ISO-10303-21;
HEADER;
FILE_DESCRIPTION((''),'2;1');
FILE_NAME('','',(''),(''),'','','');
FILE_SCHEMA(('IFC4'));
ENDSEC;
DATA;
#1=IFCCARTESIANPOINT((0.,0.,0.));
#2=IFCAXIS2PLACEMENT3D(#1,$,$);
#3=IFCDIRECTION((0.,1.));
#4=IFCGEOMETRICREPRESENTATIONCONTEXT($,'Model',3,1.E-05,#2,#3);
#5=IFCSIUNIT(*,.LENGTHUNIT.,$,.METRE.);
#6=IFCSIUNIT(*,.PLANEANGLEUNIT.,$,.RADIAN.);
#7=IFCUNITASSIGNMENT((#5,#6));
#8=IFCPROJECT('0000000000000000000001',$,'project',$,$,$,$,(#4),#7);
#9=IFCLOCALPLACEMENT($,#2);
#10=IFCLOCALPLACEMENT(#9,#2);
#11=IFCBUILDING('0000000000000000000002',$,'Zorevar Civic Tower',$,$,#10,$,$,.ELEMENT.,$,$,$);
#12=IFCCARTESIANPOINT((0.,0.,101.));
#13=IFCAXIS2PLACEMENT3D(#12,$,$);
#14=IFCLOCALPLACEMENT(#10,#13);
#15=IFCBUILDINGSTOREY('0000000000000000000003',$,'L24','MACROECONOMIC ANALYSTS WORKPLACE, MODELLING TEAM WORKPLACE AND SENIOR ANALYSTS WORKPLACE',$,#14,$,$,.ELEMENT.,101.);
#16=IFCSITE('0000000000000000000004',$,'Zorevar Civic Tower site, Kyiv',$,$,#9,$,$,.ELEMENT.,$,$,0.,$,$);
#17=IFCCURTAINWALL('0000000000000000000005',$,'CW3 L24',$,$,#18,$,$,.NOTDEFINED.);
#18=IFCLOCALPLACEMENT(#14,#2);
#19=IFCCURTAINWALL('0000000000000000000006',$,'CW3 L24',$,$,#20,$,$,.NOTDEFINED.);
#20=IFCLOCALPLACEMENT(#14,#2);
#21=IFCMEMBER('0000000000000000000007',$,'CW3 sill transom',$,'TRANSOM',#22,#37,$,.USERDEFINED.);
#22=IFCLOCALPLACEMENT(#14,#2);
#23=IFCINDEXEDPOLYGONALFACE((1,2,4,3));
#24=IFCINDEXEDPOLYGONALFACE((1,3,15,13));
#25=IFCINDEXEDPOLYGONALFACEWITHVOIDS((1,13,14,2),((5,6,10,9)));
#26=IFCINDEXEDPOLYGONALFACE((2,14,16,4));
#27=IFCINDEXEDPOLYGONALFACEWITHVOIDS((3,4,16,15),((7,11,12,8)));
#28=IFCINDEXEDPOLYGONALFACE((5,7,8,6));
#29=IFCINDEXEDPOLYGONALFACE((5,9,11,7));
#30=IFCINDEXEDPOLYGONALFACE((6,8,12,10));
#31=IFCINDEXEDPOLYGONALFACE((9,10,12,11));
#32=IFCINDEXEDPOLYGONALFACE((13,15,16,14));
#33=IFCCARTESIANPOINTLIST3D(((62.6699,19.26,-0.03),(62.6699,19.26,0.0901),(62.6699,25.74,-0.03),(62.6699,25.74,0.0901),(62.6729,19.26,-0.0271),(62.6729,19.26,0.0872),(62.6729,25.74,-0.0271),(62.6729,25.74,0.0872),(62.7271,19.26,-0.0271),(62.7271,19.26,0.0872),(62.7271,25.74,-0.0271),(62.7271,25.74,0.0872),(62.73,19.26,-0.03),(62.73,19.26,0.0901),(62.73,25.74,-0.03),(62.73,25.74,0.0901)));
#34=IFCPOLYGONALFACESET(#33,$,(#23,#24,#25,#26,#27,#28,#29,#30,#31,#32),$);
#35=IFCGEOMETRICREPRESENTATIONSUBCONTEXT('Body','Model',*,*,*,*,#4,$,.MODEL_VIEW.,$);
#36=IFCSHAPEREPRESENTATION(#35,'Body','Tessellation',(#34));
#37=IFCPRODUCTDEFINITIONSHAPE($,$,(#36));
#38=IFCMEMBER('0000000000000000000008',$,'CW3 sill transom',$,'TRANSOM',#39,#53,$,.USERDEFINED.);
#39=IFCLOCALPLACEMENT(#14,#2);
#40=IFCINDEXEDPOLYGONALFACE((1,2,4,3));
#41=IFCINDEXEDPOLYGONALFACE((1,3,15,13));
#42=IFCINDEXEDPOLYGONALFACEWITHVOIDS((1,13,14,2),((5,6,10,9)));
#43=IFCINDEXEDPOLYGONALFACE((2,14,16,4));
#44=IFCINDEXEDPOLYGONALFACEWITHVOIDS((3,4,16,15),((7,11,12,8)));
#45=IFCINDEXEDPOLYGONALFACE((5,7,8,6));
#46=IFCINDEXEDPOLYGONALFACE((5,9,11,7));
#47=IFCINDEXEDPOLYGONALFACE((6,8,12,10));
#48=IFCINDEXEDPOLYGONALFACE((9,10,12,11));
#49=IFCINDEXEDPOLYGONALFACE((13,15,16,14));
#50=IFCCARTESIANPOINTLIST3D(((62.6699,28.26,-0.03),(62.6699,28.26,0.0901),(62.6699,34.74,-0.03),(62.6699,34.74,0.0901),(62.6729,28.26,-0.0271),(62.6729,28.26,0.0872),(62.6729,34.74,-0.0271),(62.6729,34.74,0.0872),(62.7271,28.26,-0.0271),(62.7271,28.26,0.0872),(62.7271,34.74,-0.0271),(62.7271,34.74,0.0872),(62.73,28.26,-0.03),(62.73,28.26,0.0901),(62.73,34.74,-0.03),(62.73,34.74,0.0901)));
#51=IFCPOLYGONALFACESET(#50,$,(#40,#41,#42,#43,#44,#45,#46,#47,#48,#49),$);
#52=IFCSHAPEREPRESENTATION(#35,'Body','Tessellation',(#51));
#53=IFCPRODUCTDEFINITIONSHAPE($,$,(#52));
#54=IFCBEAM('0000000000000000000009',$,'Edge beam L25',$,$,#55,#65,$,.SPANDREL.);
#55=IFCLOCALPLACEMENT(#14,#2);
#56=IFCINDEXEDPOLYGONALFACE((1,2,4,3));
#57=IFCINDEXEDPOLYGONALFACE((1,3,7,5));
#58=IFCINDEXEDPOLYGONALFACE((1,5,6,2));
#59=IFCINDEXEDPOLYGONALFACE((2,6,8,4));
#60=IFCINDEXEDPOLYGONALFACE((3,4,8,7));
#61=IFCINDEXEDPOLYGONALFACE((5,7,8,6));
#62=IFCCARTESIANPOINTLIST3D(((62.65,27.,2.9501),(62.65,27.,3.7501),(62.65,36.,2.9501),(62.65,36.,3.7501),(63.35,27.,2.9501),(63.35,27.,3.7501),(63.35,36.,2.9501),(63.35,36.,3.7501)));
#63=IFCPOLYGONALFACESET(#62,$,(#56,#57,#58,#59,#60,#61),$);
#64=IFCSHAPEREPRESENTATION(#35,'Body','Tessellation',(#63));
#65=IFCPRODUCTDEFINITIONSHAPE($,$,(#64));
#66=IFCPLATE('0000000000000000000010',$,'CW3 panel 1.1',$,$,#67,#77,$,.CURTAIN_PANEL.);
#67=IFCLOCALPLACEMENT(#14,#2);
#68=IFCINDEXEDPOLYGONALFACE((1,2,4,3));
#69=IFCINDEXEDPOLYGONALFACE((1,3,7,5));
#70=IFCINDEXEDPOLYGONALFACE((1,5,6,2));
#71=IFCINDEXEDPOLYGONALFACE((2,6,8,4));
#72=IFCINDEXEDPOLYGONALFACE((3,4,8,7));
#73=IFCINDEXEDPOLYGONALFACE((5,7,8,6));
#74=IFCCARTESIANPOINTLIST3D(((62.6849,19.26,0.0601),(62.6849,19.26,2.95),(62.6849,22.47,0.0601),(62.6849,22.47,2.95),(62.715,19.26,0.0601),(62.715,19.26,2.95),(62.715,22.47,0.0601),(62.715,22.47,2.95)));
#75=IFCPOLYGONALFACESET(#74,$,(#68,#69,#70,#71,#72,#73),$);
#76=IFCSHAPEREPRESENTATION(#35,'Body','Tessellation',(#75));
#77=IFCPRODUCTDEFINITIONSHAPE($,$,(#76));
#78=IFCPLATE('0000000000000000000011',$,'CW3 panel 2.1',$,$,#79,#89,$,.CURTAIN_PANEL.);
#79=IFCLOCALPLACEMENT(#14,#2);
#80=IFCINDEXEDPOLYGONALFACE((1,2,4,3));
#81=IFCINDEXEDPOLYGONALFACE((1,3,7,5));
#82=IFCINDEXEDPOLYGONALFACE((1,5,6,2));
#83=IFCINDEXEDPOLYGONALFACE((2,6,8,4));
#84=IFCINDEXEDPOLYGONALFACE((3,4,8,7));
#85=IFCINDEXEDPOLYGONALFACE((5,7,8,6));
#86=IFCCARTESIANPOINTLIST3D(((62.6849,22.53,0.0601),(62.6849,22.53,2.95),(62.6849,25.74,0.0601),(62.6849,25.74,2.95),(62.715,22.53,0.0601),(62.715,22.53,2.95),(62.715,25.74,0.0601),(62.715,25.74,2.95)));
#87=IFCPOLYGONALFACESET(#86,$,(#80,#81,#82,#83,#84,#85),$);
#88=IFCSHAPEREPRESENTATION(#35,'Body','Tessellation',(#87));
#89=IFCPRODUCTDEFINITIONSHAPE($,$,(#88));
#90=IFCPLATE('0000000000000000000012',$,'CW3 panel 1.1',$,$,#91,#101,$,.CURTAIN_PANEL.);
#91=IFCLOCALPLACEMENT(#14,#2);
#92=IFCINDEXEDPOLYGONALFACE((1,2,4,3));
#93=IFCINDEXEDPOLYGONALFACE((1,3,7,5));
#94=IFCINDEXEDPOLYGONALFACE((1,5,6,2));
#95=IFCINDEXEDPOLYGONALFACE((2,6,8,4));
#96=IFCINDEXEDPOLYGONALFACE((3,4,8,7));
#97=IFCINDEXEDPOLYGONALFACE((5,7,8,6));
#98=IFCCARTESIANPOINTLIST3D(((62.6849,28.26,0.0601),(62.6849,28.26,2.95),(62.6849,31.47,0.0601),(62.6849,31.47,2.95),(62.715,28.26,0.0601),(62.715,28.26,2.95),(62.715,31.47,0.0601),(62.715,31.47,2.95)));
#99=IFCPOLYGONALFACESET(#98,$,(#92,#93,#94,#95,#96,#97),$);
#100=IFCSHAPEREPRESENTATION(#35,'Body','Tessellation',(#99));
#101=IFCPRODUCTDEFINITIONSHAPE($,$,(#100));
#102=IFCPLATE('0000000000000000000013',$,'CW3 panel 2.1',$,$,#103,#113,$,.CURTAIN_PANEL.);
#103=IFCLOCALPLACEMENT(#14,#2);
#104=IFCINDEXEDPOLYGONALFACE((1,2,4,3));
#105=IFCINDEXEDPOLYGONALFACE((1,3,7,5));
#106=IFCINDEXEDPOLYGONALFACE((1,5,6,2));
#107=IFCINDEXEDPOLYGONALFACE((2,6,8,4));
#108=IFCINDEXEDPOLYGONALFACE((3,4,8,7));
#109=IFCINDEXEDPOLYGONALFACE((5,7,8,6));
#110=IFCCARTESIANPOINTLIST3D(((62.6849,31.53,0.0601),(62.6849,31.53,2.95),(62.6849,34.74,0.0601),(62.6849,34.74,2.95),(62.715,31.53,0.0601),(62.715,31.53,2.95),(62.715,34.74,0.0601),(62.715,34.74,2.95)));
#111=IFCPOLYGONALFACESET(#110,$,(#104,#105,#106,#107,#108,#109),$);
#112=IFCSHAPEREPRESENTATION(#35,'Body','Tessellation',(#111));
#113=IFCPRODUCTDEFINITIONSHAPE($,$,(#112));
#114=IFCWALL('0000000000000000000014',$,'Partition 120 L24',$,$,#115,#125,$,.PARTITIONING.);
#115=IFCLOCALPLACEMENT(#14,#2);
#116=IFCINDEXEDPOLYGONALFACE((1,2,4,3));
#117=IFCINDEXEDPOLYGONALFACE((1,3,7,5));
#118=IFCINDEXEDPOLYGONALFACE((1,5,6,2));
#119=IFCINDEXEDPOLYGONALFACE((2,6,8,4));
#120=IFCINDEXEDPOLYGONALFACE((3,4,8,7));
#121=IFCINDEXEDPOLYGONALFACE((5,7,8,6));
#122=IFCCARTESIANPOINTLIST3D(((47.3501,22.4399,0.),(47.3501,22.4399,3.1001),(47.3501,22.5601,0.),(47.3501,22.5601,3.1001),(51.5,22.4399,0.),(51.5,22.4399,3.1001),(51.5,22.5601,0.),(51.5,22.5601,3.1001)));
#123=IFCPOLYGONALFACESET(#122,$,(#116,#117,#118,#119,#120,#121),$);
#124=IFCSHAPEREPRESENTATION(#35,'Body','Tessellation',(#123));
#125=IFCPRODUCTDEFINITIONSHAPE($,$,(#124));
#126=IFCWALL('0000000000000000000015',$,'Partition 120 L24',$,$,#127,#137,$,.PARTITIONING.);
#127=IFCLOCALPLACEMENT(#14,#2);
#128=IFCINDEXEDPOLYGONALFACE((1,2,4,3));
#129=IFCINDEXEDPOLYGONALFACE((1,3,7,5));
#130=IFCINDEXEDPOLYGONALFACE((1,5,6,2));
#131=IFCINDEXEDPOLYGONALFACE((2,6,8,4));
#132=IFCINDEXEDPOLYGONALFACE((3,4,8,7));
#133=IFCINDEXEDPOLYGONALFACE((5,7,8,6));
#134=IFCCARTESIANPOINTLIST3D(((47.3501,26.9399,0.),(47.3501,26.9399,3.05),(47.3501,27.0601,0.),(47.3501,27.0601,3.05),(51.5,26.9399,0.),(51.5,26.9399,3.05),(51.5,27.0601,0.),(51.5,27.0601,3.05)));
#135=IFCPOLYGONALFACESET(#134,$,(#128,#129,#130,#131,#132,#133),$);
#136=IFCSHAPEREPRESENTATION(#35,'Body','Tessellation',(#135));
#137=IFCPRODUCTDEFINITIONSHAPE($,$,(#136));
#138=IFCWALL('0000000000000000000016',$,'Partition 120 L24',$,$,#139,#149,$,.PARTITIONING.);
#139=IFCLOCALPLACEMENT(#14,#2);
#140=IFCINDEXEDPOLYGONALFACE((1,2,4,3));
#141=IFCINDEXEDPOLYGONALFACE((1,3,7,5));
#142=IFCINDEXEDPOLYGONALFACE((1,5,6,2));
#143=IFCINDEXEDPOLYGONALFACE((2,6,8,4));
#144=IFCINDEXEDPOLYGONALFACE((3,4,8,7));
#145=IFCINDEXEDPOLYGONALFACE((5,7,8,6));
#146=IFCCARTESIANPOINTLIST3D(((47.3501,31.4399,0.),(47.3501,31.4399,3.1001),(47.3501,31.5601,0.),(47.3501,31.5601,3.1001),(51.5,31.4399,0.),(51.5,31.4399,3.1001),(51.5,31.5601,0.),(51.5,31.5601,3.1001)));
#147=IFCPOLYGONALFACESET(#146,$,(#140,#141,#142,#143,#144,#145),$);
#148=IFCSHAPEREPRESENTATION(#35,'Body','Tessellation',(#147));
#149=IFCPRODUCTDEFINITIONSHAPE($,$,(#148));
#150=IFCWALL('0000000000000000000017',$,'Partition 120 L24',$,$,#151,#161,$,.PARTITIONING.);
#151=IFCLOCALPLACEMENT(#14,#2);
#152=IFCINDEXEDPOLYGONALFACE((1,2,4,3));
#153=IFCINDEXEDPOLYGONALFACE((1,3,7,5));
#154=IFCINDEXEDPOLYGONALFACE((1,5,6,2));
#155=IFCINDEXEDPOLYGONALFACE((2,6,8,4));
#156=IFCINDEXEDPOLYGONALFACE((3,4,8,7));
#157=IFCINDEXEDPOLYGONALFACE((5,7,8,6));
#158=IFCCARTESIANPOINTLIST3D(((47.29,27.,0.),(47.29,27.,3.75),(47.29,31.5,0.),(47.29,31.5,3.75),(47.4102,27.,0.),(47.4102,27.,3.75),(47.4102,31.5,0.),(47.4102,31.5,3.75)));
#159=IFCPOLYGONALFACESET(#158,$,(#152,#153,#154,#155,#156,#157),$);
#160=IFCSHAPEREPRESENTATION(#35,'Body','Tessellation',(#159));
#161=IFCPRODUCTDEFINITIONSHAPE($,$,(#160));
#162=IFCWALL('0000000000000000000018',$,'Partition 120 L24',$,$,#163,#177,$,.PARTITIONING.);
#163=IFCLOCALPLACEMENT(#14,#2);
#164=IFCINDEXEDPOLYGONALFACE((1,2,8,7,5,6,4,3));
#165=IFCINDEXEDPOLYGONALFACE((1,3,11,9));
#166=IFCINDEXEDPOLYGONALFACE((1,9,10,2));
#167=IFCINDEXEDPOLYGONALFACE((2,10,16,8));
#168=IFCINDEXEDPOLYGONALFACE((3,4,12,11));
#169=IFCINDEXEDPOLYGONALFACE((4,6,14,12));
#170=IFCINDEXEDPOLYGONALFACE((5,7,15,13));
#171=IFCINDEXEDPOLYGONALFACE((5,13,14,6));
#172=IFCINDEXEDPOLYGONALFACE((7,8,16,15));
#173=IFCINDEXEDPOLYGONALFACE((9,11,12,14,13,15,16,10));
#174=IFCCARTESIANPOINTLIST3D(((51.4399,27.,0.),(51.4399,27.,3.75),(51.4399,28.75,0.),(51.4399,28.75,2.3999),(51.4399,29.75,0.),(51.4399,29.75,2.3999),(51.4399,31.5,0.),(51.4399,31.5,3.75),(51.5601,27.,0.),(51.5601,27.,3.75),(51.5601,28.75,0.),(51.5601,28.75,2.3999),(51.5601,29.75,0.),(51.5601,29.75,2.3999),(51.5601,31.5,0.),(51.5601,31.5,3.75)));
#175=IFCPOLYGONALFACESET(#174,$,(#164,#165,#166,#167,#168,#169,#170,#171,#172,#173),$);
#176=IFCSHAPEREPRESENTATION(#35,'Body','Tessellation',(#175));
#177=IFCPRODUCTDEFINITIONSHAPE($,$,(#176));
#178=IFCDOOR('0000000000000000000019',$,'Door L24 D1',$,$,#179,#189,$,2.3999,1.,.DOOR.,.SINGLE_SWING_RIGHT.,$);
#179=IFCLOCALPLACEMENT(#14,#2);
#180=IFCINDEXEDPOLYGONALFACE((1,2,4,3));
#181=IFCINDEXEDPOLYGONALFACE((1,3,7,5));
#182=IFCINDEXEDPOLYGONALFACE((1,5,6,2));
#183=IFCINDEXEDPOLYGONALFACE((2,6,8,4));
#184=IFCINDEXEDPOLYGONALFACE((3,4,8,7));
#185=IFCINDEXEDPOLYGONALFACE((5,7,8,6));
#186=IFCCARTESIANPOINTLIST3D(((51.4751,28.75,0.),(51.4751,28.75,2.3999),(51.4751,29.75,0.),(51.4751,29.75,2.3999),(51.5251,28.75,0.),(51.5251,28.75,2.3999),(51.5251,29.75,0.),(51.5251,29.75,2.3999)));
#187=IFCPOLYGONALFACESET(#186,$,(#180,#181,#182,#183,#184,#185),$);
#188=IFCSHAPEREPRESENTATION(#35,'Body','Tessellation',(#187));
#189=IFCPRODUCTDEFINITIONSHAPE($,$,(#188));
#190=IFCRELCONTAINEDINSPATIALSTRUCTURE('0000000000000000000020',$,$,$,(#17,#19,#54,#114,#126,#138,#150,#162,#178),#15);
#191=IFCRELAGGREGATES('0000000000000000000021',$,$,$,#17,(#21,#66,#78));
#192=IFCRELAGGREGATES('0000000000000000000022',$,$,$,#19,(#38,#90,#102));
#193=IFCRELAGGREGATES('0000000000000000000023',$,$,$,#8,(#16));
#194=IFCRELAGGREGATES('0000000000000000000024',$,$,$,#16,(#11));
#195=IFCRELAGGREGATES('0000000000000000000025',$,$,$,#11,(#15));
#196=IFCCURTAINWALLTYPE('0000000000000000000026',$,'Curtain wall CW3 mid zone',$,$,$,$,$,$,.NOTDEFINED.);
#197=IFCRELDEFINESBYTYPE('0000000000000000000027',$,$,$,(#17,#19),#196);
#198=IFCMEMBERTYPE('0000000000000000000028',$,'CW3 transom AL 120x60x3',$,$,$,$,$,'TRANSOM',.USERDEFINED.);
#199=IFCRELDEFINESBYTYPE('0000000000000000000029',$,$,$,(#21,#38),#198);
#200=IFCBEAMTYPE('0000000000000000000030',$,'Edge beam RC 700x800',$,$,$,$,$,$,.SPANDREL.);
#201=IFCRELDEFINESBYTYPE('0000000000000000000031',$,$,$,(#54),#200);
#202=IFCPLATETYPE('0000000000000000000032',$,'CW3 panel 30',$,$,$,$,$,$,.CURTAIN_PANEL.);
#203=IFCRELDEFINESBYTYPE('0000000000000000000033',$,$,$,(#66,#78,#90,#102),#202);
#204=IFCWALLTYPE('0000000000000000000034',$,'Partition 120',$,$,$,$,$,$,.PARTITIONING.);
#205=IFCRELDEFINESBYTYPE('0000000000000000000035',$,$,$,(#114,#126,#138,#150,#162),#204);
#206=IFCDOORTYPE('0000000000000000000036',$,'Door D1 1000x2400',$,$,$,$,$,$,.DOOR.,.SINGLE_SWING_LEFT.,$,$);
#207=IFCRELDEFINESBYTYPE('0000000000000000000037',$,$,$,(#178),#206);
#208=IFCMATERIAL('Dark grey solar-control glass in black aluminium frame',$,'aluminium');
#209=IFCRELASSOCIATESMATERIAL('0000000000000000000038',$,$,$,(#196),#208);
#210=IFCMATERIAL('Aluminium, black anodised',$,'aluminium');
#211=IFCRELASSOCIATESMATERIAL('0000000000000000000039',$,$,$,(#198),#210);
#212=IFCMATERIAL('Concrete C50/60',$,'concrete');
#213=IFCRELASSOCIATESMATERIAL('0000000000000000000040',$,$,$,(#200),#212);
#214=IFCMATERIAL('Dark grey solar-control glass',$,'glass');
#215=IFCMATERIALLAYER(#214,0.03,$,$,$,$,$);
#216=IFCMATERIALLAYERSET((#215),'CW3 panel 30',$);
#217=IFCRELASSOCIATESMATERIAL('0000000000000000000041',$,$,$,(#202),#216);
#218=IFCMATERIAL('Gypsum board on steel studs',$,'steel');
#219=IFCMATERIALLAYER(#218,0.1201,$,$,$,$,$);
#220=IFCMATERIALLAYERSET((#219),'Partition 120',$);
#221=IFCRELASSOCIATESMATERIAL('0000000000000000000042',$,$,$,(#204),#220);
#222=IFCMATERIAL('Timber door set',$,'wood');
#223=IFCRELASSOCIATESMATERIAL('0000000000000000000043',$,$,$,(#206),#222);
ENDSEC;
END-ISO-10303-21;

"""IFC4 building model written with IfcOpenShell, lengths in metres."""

from ifc_helpers import new_model, si_unit, direction, frame, frame_2d, origin, origin_2d, place, context, subcontext, project, spatial, rectangle, hollow_rectangle, extrude, material, layer, layer_set, material_profile, profile_set, type_object, element, fill, aggregate, save


model = new_model("IFC4")

# Units and contexts
model_context = context("Model", 3, precision=1e-05, world=origin(), true_north=direction((0.0, 1.0)))
body_context = subcontext(model_context, "Body", "Model", "MODEL_VIEW")
ifc_project = project(units=[si_unit("LENGTHUNIT", "METRE"), si_unit("PLANEANGLEUNIT", "RADIAN")], contexts=[model_context])

# Site, building, storey
site_placement = place(None, origin())
site = spatial("IfcSite", under=ifc_project, at=site_placement, Name="Zorevar Civic Tower site, Kyiv", CompositionType="ELEMENT", RefElevation=0.0)
building_placement = place(site_placement, origin())
building = spatial("IfcBuilding", under=site, at=building_placement, Name="Zorevar Civic Tower", CompositionType="ELEMENT")
storey_placement = place(building_placement, frame((0.0, 0.0, 101.0)))
storey = spatial("IfcBuildingStorey", under=building, at=storey_placement, Name="L24", Description="MACROECONOMIC ANALYSTS WORKPLACE, MODELLING TEAM WORKPLACE AND SENIOR ANALYSTS WORKPLACE", CompositionType="ELEMENT", Elevation=101.0)

# Curtain walls
ifc_material_1 = material(Name="Dark grey solar-control glass in black aluminium frame", Category="aluminium")
curtain_wall_type = type_object("IfcCurtainWallType", Name="Curtain wall CW3 mid zone", PredefinedType="NOTDEFINED", material=ifc_material_1)
curtain_wall_1_placement = place(storey_placement, origin())
curtain_wall_1 = element("IfcCurtainWall", 1, at=curtain_wall_1_placement, inside=storey, type_object=curtain_wall_type, Name="CW3 L24", PredefinedType="NOTDEFINED")
curtain_wall_2_placement = place(storey_placement, origin())
curtain_wall_2 = element("IfcCurtainWall", 2, at=curtain_wall_2_placement, inside=storey, type_object=curtain_wall_type, Name="CW3 L24", PredefinedType="NOTDEFINED")

# Members
ifc_material_2 = material(Name="Aluminium, black anodised", Category="aluminium")
ifc_material_profile_1 = material_profile(ifc_material_2, hollow_rectangle(XDim=0.0601, YDim=0.1201, WallThickness=0.0029, at=origin_2d()), Name="AL 120x60x3")
ifc_profile_set_1 = profile_set([ifc_material_profile_1], Name="Aluminium, black anodised")
member_type_1 = type_object("IfcMemberType", Name="CW3 transom AL 120x60x3", ElementType="TRANSOM", PredefinedType="USERDEFINED", material=ifc_profile_set_1)
member_1_placement = place(storey_placement, frame((62.7, 19.26, 0.03), z_axis=(0.0, 1.0, 0.0), x_axis=(-1.0, 0.0, 0.0)))
member_1 = element("IfcMember", 3, at=member_1_placement, type_object=member_type_1, Name="CW3 sill transom", ObjectType="TRANSOM", PredefinedType="USERDEFINED", context=body_context, shape_type="SweptSolid", body=[
    extrude(hollow_rectangle(XDim=0.0601, YDim=0.1201, WallThickness=0.0029, at=origin_2d()), origin(), (0.0, 0.0, 1.0), 6.48),
])
member_2_placement = place(storey_placement, frame((62.7, 28.26, 0.03), z_axis=(0.0, 1.0, 0.0), x_axis=(-1.0, 0.0, 0.0)))
member_2 = element("IfcMember", 4, at=member_2_placement, type_object=member_type_1, Name="CW3 sill transom", ObjectType="TRANSOM", PredefinedType="USERDEFINED", context=body_context, shape_type="SweptSolid", body=[
    extrude(hollow_rectangle(XDim=0.0601, YDim=0.1201, WallThickness=0.0029, at=origin_2d()), origin(), (0.0, 0.0, 1.0), 6.48),
])

# Beam
ifc_material_3 = material(Name="Concrete C50/60", Category="concrete")
ifc_material_profile_2 = material_profile(ifc_material_3, rectangle(XDim=0.7, YDim=0.8, at=origin_2d()), Name="RC 700x800")
ifc_profile_set_2 = profile_set([ifc_material_profile_2], Name="Concrete C50/60")
beam_type_1 = type_object("IfcBeamType", Name="Edge beam RC 700x800", PredefinedType="SPANDREL", material=ifc_profile_set_2)
beam_1_placement = place(storey_placement, frame((63.0, 27.0, 3.3501), z_axis=(0.0, 1.0, 0.0), x_axis=(-1.0, 0.0, 0.0)))
element("IfcBeam", 5, at=beam_1_placement, inside=storey, type_object=beam_type_1, Name="Edge beam L25", PredefinedType="SPANDREL", context=body_context, shape_type="SweptSolid", body=[
    extrude(rectangle(XDim=0.7, YDim=0.8, at=origin_2d()), origin(), (0.0, 0.0, 1.0), 9.0),
])

# Plates
ifc_material_4 = material(Name="Dark grey solar-control glass", Category="glass")
ifc_layer_1 = layer(ifc_material_4, 0.03)
ifc_layer_set_1 = layer_set([ifc_layer_1], Name="CW3 panel 30")
plate_type = type_object("IfcPlateType", Name="CW3 panel 30", PredefinedType="CURTAIN_PANEL", material=ifc_layer_set_1)
plate_1_placement = place(storey_placement, frame((62.7, 20.865, 0.0601), z_axis=(0.0, 0.0, 1.0), x_axis=(0.0, 1.0, 0.0)))
plate_1 = element("IfcPlate", 6, at=plate_1_placement, type_object=plate_type, Name="CW3 panel 1.1", PredefinedType="CURTAIN_PANEL", context=body_context, shape_type="SweptSolid", body=[
    extrude(rectangle(XDim=3.21, YDim=0.03, at=origin_2d()), origin(), (0.0, 0.0, 1.0), 2.8899),
])
plate_2_placement = place(storey_placement, frame((62.7, 24.135, 0.0601), z_axis=(0.0, 0.0, 1.0), x_axis=(0.0, 1.0, 0.0)))
plate_2 = element("IfcPlate", 7, at=plate_2_placement, type_object=plate_type, Name="CW3 panel 2.1", PredefinedType="CURTAIN_PANEL", context=body_context, shape_type="SweptSolid", body=[
    extrude(rectangle(XDim=3.21, YDim=0.03, at=origin_2d()), origin(), (0.0, 0.0, 1.0), 2.8899),
])
aggregate(curtain_wall_1, [member_1, plate_1, plate_2])
plate_3_placement = place(storey_placement, frame((62.7, 29.865, 0.0601), z_axis=(0.0, 0.0, 1.0), x_axis=(0.0, 1.0, 0.0)))
plate_3 = element("IfcPlate", 8, at=plate_3_placement, type_object=plate_type, Name="CW3 panel 1.1", PredefinedType="CURTAIN_PANEL", context=body_context, shape_type="SweptSolid", body=[
    extrude(rectangle(XDim=3.21, YDim=0.03, at=origin_2d()), origin(), (0.0, 0.0, 1.0), 2.8899),
])
plate_4_placement = place(storey_placement, frame((62.7, 33.135, 0.0601), z_axis=(0.0, 0.0, 1.0), x_axis=(0.0, 1.0, 0.0)))
plate_4 = element("IfcPlate", 9, at=plate_4_placement, type_object=plate_type, Name="CW3 panel 2.1", PredefinedType="CURTAIN_PANEL", context=body_context, shape_type="SweptSolid", body=[
    extrude(rectangle(XDim=3.21, YDim=0.03, at=origin_2d()), origin(), (0.0, 0.0, 1.0), 2.8899),
])
aggregate(curtain_wall_2, [member_2, plate_3, plate_4])

# Walls
ifc_material_5 = material(Name="Gypsum board on steel studs", Category="steel")
ifc_layer_2 = layer(ifc_material_5, 0.1201)
ifc_layer_set_2 = layer_set([ifc_layer_2], Name="Partition 120")
wall_type = type_object("IfcWallType", Name="Partition 120", PredefinedType="PARTITIONING", material=ifc_layer_set_2)
wall_1_placement = place(storey_placement, frame((47.3501, 22.5, 0.0), z_axis=(0.0, 0.0, 1.0), x_axis=(1.0, 0.0, 0.0)))
element("IfcWall", 10, at=wall_1_placement, inside=storey, type_object=wall_type, Name="Partition 120 L24", PredefinedType="PARTITIONING", context=body_context, shape_type="SweptSolid", body=[
    extrude(rectangle(XDim=4.1499, YDim=0.1201, at=frame_2d((2.075, 0.0))), origin(), (0.0, 0.0, 1.0), 3.1001),
])
wall_2_placement = place(storey_placement, frame((47.3501, 27.0, 0.0), z_axis=(0.0, 0.0, 1.0), x_axis=(1.0, 0.0, 0.0)))
element("IfcWall", 11, at=wall_2_placement, inside=storey, type_object=wall_type, Name="Partition 120 L24", PredefinedType="PARTITIONING", context=body_context, shape_type="SweptSolid", body=[
    extrude(rectangle(XDim=4.1499, YDim=0.1201, at=frame_2d((2.075, 0.0))), origin(), (0.0, 0.0, 1.0), 3.05),
])
wall_3_placement = place(storey_placement, frame((47.3501, 31.5, 0.0), z_axis=(0.0, 0.0, 1.0), x_axis=(1.0, 0.0, 0.0)))
element("IfcWall", 12, at=wall_3_placement, inside=storey, type_object=wall_type, Name="Partition 120 L24", PredefinedType="PARTITIONING", context=body_context, shape_type="SweptSolid", body=[
    extrude(rectangle(XDim=4.1499, YDim=0.1201, at=frame_2d((2.075, 0.0))), origin(), (0.0, 0.0, 1.0), 3.1001),
])
wall_4_placement = place(storey_placement, frame((47.3501, 27.0, 0.0), z_axis=(0.0, 0.0, 1.0), x_axis=(0.0, 1.0, 0.0)))
element("IfcWall", 13, at=wall_4_placement, inside=storey, type_object=wall_type, Name="Partition 120 L24", PredefinedType="PARTITIONING", context=body_context, shape_type="SweptSolid", body=[
    extrude(rectangle(XDim=4.5, YDim=0.1201, at=frame_2d((2.25, 0.0))), origin(), (0.0, 0.0, 1.0), 3.75),
])

# Wall, opening, door
wall_5_placement = place(storey_placement, frame((51.5, 27.0, 0.0), z_axis=(0.0, 0.0, 1.0), x_axis=(0.0, 1.0, 0.0)))
wall_5 = element("IfcWall", 14, at=wall_5_placement, inside=storey, type_object=wall_type, Name="Partition 120 L24", PredefinedType="PARTITIONING", context=body_context, shape_type="SweptSolid", body=[
    extrude(rectangle(XDim=4.5, YDim=0.1201, at=frame_2d((2.25, 0.0))), origin(), (0.0, 0.0, 1.0), 3.75),
])
opening_placement = place(wall_5_placement, frame((1.75, 0.0, 0.0)))
opening = element("IfcOpeningElement", 15, at=opening_placement, cuts=wall_5, PredefinedType="OPENING", context=body_context, shape_type="SweptSolid", body=[
    extrude(rectangle(XDim=1.0, YDim=2.3999, at=frame_2d((0.5, 1.2))), frame((0.0, 0.0701, 0.0), z_axis=(0.0, -1.0, 0.0), x_axis=(1.0, 0.0, 0.0)), (0.0, 0.0, 1.0), 0.1401),
])
ifc_material_6 = material(Name="Timber door set", Category="wood")
door_type = type_object("IfcDoorType", Name="Door D1 1000x2400", OperationType="SINGLE_SWING_LEFT", PredefinedType="DOOR", material=ifc_material_6)
door_placement = place(opening_placement, origin())
door = element("IfcDoor", 16, at=door_placement, inside=storey, type_object=door_type, Name="Door L24 D1", OperationType="SINGLE_SWING_RIGHT", OverallHeight=2.3999, OverallWidth=1.0, PredefinedType="DOOR", context=body_context, shape_type="SweptSolid", body=[
    extrude(rectangle(XDim=1.0, YDim=2.3999, at=frame_2d((0.5, 1.2))), frame((0.0, 0.0249, 0.0), z_axis=(0.0, -1.0, 0.0), x_axis=(1.0, 0.0, 0.0)), (0.0, 0.0, 1.0), 0.05),
])
fill(opening, door)

save(model, "model.ifc")
